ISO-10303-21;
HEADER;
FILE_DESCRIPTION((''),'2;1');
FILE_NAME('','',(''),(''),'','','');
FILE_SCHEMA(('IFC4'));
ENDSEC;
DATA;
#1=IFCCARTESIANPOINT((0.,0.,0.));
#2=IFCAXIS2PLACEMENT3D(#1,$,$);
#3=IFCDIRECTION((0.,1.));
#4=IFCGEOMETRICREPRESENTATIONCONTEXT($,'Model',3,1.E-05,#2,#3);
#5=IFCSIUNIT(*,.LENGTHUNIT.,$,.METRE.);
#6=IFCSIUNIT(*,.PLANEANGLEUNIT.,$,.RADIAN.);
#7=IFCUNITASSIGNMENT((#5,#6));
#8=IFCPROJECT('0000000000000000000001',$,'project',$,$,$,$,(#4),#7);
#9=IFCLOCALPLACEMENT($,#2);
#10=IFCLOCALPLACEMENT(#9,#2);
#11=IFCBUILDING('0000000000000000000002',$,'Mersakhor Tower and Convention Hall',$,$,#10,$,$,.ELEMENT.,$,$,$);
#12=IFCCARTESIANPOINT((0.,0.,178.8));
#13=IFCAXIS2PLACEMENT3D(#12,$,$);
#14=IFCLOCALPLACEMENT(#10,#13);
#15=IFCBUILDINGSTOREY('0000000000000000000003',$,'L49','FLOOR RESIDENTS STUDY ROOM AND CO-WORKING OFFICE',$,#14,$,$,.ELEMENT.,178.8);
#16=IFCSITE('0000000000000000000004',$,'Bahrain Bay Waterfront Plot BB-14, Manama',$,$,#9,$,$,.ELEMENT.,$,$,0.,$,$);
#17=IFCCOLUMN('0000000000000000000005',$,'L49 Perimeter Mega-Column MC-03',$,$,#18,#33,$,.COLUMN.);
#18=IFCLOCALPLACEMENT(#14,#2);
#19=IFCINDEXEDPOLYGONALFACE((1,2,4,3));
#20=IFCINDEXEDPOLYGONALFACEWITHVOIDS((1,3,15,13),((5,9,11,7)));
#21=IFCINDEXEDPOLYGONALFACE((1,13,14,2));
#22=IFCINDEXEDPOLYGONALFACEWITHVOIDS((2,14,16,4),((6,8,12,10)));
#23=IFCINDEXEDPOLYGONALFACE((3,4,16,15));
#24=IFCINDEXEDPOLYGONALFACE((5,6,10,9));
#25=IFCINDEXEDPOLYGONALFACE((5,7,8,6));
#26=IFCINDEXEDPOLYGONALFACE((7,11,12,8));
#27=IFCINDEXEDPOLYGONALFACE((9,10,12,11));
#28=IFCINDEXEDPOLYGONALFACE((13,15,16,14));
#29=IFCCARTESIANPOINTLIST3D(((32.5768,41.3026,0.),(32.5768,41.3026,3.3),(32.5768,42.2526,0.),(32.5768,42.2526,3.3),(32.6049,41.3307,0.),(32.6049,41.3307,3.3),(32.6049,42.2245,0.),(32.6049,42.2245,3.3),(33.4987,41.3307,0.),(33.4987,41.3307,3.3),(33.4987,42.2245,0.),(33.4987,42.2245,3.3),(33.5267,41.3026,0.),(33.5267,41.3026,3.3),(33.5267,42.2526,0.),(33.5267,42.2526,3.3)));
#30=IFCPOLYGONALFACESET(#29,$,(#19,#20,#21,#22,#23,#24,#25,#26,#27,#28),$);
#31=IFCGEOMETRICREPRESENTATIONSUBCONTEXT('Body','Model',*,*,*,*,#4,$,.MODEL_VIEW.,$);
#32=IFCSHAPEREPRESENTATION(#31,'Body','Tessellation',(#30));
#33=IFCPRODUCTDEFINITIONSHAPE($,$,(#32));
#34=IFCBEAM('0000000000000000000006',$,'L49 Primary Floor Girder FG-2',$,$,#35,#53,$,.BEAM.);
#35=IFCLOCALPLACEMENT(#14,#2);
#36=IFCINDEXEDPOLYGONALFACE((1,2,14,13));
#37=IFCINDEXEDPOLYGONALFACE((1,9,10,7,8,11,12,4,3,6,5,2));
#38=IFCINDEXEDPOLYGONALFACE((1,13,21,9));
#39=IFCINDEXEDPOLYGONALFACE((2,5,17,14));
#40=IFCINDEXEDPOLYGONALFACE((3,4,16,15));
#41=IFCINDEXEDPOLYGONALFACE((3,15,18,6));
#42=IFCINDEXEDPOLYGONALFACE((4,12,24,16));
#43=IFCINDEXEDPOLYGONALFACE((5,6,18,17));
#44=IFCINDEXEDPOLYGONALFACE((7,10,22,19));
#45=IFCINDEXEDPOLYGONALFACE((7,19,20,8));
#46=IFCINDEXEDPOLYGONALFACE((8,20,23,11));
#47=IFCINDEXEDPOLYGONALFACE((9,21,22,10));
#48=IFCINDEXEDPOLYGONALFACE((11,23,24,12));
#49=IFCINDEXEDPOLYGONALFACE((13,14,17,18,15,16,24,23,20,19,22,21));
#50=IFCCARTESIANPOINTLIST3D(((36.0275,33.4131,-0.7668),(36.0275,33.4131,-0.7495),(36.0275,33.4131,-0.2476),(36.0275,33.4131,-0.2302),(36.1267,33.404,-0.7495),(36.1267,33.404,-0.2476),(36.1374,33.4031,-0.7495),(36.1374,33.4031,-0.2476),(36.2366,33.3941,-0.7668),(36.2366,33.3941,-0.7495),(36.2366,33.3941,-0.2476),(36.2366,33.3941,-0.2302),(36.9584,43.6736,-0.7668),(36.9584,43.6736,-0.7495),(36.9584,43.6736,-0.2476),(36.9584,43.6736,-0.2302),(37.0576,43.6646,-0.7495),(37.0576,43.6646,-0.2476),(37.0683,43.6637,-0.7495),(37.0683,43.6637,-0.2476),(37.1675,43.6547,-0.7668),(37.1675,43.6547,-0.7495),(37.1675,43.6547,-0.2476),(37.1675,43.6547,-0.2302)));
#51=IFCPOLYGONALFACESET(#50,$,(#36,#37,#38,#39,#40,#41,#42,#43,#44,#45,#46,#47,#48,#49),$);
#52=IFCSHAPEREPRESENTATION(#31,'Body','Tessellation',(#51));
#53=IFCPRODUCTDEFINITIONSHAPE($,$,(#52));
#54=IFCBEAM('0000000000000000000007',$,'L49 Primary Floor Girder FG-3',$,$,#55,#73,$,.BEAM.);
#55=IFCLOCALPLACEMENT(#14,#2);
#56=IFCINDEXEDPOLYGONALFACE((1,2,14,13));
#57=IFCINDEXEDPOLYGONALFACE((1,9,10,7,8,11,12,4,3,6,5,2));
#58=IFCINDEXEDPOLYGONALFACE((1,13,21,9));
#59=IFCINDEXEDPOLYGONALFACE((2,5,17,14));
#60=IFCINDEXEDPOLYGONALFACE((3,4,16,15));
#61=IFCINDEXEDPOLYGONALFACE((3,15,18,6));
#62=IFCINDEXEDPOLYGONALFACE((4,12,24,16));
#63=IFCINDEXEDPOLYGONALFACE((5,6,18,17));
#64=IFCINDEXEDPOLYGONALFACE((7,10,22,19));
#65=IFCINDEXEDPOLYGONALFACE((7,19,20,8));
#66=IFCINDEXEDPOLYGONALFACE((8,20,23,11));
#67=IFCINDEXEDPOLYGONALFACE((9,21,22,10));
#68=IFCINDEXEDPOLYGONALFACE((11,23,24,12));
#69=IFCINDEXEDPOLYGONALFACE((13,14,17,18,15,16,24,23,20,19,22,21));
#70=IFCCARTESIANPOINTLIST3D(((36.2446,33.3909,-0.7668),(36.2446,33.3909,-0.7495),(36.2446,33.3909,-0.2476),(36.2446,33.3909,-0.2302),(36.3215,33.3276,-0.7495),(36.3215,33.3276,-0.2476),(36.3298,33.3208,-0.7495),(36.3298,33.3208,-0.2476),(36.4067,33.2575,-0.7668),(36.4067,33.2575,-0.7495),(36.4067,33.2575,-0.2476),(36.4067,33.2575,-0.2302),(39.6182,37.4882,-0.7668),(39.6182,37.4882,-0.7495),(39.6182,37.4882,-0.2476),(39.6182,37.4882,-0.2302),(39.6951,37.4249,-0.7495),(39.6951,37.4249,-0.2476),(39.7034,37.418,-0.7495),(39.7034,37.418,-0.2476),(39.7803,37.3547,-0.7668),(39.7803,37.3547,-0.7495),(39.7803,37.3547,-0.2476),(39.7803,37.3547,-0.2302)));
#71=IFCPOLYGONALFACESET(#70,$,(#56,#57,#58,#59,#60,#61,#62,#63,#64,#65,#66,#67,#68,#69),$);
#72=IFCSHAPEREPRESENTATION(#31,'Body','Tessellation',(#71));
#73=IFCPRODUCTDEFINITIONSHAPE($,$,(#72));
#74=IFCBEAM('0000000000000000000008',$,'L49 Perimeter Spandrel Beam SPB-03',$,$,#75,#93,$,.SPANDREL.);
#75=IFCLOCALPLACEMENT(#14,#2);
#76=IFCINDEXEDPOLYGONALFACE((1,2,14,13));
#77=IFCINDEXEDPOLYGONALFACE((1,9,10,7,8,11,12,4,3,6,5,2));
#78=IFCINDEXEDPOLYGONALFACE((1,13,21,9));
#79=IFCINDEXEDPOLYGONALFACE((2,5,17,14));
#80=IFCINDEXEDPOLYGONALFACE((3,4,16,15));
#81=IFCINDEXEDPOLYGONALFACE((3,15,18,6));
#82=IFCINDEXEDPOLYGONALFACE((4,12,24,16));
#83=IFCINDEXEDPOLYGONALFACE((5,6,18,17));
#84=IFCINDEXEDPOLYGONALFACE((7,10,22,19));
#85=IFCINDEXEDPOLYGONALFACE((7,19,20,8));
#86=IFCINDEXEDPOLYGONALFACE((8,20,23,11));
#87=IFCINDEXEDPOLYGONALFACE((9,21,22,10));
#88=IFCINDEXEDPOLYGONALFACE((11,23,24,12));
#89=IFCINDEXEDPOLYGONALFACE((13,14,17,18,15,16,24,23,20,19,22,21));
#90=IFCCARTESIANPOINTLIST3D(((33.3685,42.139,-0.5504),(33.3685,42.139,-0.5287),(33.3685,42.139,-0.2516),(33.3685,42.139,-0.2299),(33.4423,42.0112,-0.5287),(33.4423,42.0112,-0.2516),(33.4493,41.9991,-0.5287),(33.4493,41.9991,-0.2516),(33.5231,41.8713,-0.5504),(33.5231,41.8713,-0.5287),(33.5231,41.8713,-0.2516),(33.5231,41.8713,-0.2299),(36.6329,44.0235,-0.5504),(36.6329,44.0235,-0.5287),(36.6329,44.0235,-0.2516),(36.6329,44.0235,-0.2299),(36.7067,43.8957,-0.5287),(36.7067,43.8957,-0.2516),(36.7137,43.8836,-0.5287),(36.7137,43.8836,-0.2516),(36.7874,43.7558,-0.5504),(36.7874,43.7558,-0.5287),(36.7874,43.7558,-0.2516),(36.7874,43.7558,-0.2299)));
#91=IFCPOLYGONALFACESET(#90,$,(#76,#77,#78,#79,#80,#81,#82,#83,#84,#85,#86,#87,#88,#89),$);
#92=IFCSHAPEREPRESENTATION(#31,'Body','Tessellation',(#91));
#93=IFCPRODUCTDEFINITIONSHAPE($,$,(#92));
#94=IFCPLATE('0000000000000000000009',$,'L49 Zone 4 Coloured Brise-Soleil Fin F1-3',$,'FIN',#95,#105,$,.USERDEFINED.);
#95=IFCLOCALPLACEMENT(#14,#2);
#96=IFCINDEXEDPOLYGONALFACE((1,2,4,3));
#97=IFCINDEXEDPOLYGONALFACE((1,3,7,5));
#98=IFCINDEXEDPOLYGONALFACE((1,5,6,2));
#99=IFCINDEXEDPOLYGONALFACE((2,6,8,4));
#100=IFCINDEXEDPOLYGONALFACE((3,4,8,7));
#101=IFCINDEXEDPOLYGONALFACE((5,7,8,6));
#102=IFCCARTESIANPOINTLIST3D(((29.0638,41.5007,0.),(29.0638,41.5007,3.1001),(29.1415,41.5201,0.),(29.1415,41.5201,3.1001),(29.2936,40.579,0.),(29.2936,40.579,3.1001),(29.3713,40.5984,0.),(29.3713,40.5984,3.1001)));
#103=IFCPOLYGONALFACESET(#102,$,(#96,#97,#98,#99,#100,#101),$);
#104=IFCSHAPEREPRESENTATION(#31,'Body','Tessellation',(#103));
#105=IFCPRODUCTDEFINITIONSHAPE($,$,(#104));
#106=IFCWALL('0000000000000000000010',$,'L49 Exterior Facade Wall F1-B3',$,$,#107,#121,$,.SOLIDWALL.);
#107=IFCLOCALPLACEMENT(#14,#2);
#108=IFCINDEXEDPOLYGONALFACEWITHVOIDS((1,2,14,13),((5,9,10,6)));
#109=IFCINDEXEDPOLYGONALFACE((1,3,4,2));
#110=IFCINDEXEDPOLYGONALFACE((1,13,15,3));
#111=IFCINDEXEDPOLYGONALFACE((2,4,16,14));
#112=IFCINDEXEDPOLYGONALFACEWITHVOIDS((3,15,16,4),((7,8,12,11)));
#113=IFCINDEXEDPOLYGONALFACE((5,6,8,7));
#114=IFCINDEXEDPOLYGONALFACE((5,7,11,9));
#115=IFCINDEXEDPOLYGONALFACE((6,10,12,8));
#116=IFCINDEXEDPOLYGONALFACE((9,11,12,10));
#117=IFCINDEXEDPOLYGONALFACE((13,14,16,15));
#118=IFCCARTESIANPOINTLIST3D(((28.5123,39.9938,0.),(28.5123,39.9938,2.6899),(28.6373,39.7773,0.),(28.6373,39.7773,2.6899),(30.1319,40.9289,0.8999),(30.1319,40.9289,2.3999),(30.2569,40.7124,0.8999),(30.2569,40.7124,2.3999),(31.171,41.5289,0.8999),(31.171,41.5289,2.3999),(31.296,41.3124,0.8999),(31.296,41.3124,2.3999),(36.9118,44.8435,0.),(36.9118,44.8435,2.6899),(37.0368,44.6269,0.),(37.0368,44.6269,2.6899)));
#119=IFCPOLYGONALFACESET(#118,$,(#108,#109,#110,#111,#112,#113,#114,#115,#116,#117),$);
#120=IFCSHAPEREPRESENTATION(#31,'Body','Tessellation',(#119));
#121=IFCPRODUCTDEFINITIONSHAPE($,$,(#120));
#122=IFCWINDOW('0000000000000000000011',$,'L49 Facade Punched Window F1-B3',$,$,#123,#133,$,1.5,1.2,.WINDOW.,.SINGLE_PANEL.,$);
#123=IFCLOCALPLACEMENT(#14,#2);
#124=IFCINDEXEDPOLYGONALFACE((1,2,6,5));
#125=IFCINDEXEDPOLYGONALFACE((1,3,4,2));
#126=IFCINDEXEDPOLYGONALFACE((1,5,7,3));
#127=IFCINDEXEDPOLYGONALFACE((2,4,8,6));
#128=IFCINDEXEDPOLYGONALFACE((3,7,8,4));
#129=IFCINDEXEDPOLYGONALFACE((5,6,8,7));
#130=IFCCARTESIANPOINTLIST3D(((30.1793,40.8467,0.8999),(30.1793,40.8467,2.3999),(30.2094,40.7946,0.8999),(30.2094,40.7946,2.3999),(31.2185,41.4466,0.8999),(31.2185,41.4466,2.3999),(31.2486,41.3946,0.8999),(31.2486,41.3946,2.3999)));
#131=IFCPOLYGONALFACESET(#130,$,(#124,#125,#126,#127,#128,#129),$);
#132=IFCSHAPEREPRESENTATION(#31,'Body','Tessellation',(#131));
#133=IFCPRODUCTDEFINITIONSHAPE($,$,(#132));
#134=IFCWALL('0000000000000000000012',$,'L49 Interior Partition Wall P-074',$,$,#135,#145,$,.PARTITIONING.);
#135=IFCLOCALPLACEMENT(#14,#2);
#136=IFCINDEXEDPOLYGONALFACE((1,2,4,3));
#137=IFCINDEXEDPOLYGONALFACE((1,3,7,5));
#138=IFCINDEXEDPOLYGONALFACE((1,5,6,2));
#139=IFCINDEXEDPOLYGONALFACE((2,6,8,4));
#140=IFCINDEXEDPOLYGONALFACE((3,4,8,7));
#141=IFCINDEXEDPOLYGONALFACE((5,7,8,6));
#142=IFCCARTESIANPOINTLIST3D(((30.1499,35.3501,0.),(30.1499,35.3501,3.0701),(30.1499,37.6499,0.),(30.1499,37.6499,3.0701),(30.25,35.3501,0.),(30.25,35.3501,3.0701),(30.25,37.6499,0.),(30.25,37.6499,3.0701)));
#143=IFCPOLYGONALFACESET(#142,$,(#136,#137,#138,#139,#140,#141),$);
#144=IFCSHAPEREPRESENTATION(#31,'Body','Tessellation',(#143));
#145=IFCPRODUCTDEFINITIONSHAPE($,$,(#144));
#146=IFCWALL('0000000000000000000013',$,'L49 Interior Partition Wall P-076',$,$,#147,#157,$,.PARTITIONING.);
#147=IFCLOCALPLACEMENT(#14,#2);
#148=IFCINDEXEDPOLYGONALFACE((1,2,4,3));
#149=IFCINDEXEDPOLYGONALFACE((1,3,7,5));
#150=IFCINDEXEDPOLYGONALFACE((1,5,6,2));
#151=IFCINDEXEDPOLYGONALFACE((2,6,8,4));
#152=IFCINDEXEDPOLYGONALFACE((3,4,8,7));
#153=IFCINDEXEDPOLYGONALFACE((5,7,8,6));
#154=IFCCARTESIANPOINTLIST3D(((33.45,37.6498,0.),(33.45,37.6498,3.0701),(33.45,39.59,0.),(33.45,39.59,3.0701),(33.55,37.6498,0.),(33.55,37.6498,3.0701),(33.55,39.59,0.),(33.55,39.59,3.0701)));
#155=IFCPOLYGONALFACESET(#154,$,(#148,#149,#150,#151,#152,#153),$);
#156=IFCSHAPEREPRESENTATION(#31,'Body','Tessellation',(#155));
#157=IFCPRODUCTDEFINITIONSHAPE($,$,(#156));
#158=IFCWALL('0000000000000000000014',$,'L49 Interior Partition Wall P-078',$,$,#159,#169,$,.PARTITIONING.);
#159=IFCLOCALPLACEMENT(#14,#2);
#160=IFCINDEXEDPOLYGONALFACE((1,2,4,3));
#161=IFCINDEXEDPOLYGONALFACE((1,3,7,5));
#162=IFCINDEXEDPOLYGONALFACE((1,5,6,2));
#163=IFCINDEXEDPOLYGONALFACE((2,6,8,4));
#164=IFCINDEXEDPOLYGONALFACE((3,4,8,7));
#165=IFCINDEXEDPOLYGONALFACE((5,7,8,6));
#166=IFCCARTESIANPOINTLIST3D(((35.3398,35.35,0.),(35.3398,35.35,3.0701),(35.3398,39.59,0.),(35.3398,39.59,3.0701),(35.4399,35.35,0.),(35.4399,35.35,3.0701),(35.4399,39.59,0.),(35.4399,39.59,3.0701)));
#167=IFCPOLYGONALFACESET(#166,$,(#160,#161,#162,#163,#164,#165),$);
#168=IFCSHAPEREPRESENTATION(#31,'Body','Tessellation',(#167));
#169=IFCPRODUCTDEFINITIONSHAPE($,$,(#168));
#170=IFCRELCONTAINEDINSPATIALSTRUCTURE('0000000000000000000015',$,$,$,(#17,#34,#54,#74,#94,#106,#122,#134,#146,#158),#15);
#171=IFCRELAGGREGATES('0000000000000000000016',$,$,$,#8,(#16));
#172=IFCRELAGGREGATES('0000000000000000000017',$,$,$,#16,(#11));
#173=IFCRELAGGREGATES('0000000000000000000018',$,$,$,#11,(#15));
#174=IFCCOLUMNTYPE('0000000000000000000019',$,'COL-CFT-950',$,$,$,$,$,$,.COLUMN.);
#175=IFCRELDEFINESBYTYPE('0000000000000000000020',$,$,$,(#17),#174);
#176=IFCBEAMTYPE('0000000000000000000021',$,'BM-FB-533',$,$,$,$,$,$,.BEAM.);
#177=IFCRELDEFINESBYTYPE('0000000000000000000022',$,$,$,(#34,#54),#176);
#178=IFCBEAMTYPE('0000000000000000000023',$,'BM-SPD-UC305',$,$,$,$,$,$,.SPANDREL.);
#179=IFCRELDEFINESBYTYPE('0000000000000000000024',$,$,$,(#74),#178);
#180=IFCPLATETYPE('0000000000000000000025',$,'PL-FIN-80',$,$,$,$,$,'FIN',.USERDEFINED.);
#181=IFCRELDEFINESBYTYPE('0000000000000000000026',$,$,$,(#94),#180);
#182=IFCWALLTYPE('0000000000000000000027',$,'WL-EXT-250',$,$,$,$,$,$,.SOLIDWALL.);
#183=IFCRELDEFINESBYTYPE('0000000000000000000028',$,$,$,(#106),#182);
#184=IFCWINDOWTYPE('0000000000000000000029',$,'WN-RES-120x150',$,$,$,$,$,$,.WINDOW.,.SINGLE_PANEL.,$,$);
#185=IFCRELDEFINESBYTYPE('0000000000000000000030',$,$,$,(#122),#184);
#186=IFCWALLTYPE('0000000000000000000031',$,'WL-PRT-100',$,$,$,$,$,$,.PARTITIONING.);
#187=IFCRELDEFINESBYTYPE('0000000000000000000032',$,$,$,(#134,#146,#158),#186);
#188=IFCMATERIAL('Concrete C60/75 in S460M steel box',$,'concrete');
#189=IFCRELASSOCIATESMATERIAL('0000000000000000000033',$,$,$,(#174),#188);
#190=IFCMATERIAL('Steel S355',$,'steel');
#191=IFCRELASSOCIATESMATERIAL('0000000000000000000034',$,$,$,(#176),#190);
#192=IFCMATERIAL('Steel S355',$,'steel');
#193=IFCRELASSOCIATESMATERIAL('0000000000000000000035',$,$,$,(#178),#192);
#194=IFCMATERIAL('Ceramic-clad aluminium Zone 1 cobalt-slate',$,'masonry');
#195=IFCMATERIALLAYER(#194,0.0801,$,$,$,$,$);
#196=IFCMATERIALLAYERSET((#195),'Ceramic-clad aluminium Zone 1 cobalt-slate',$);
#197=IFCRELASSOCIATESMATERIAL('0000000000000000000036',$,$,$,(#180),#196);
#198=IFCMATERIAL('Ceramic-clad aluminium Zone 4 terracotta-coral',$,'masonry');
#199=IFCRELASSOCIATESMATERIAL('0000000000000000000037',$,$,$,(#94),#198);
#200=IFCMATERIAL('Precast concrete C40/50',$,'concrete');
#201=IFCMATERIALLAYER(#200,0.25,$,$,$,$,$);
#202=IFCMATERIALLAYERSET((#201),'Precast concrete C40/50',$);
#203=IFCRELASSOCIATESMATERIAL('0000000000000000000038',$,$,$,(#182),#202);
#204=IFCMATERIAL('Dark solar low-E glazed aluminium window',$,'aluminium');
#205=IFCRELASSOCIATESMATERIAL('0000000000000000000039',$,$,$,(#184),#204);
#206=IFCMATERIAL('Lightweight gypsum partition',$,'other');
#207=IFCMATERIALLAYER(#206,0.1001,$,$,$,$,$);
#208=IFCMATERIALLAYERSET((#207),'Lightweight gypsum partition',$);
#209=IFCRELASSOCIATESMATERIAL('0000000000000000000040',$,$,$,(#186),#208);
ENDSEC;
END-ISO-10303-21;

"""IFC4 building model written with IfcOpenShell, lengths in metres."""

from ifc_helpers import new_model, si_unit, direction, frame, frame_2d, origin, origin_2d, place, context, subcontext, project, spatial, rectangle, hollow_rectangle, i_section, extrude, material, layer, layer_set, material_profile, profile_set, type_object, element, fill, save


model = new_model("IFC4")

# Units and contexts
model_context = context("Model", 3, precision=1e-05, world=origin(), true_north=direction((0.0, 1.0)))
body_context = subcontext(model_context, "Body", "Model", "MODEL_VIEW")
ifc_project = project(units=[si_unit("LENGTHUNIT", "METRE"), si_unit("PLANEANGLEUNIT", "RADIAN")], contexts=[model_context])

# Site, building, storey
site_placement = place(None, origin())
site = spatial("IfcSite", under=ifc_project, at=site_placement, Name="Bahrain Bay Waterfront Plot BB-14, Manama", CompositionType="ELEMENT", RefElevation=0.0)
building_placement = place(site_placement, origin())
building = spatial("IfcBuilding", under=site, at=building_placement, Name="Mersakhor Tower and Convention Hall", CompositionType="ELEMENT")
storey_placement = place(building_placement, frame((0.0, 0.0, 178.8)))
storey = spatial("IfcBuildingStorey", under=building, at=storey_placement, Name="L49", Description="FLOOR RESIDENTS STUDY ROOM AND CO-WORKING OFFICE", CompositionType="ELEMENT", Elevation=178.8)

# Column
ifc_material_1 = material(Name="Concrete C60/75 in S460M steel box", Category="concrete")
ifc_material_profile_1 = material_profile(ifc_material_1, hollow_rectangle(XDim=0.95, YDim=0.95, WallThickness=0.0281, at=origin_2d()), Name="SHS 950x950x28")
ifc_profile_set_1 = profile_set([ifc_material_profile_1], Name="Concrete C60/75 in S460M steel box")
column_type = type_object("IfcColumnType", Name="COL-CFT-950", PredefinedType="COLUMN", material=ifc_profile_set_1)
column_placement = place(storey_placement, frame((33.0518, 41.7776, 0.0), z_axis=(0.0, 0.0, 1.0), x_axis=(1.0, 0.0, 0.0)))
element("IfcColumn", 1, at=column_placement, inside=storey, type_object=column_type, Name="L49 Perimeter Mega-Column MC-03", PredefinedType="COLUMN", context=body_context, shape_type="SweptSolid", body=[
    extrude(hollow_rectangle(XDim=0.95, YDim=0.95, WallThickness=0.0281, at=origin_2d()), origin(), (0.0, 0.0, 1.0), 3.3),
])

# Beams
ifc_material_2 = material(Name="Steel S355", Category="steel")
ifc_material_profile_2 = material_profile(ifc_material_2, i_section(OverallWidth=0.21, OverallDepth=0.5366, WebThickness=0.0107, FlangeThickness=0.0173, at=origin_2d()), Name="UB 533x210x101")
ifc_profile_set_2 = profile_set([ifc_material_profile_2], Name="Steel S355")
beam_type_1 = type_object("IfcBeamType", Name="BM-FB-533", PredefinedType="BEAM", material=ifc_profile_set_2)
beam_1_placement = place(storey_placement, frame((36.1321, 33.4036, -0.4985), z_axis=(0.090356, 0.99591, 0.0), x_axis=(-0.99591, 0.090356, 0.0)))
element("IfcBeam", 2, at=beam_1_placement, inside=storey, type_object=beam_type_1, Name="L49 Primary Floor Girder FG-2", PredefinedType="BEAM", context=body_context, shape_type="SweptSolid", body=[
    extrude(i_section(OverallWidth=0.21, OverallDepth=0.5366, WebThickness=0.0107, FlangeThickness=0.0173, at=origin_2d()), origin(), (0.0, 0.0, 1.0), 10.3027),
])
beam_2_placement = place(storey_placement, frame((36.3257, 33.3242, -0.4985), z_axis=(0.63564, 0.771986, 0.0), x_axis=(-0.771986, 0.63564, 0.0)))
element("IfcBeam", 3, at=beam_2_placement, inside=storey, type_object=beam_type_1, Name="L49 Primary Floor Girder FG-3", PredefinedType="BEAM", context=body_context, shape_type="SweptSolid", body=[
    extrude(i_section(OverallWidth=0.21, OverallDepth=0.5366, WebThickness=0.0107, FlangeThickness=0.0173, at=origin_2d()), origin(), (0.0, 0.0, 1.0), 5.3074),
])
ifc_material_3 = material(Name="Steel S355", Category="steel")
ifc_material_profile_3 = material_profile(ifc_material_3, i_section(OverallWidth=0.3091, OverallDepth=0.3206, WebThickness=0.0139, FlangeThickness=0.0217, at=origin_2d()), Name="UC 305x305x137")
ifc_profile_set_3 = profile_set([ifc_material_profile_3], Name="Steel S355")
beam_type_2 = type_object("IfcBeamType", Name="BM-SPD-UC305", PredefinedType="SPANDREL", material=ifc_profile_set_3)
beam_3_placement = place(storey_placement, frame((33.4458, 42.0051, -0.3901), z_axis=(0.866046, 0.499964, 0.0), x_axis=(-0.499964, 0.866046, 0.0)))
element("IfcBeam", 4, at=beam_3_placement, inside=storey, type_object=beam_type_2, Name="L49 Perimeter Spandrel Beam SPB-03", PredefinedType="SPANDREL", context=body_context, shape_type="SweptSolid", body=[
    extrude(i_section(OverallWidth=0.3091, OverallDepth=0.3206, WebThickness=0.0139, FlangeThickness=0.0217, at=origin_2d()), origin(), (0.0, 0.0, 1.0), 3.7693),
])

# Plate
ifc_material_4 = material(Name="Ceramic-clad aluminium Zone 4 terracotta-coral", Category="masonry")
ifc_material_5 = material(Name="Ceramic-clad aluminium Zone 1 cobalt-slate", Category="masonry")
ifc_layer_1 = layer(ifc_material_5, 0.0801)
ifc_layer_set_1 = layer_set([ifc_layer_1], Name="Ceramic-clad aluminium Zone 1 cobalt-slate")
plate_type = type_object("IfcPlateType", Name="PL-FIN-80", ElementType="FIN", PredefinedType="USERDEFINED", material=ifc_layer_set_1)
plate_placement = place(storey_placement, frame((29.2175, 41.0496, 0.0), z_axis=(0.0, 0.0, 1.0), x_axis=(-0.241922, 0.970296, 0.0)))
element("IfcPlate", 5, at=plate_placement, inside=storey, type_object=plate_type, material=ifc_material_4, Name="L49 Zone 4 Coloured Brise-Soleil Fin F1-3", ObjectType="FIN", PredefinedType="USERDEFINED", context=body_context, shape_type="SweptSolid", body=[
    extrude(rectangle(XDim=0.95, YDim=0.0801, at=origin_2d()), origin(), (0.0, 0.0, 1.0), 3.1001),
])

# Wall, opening, window
ifc_material_6 = material(Name="Precast concrete C40/50", Category="concrete")
ifc_layer_2 = layer(ifc_material_6, 0.25)
ifc_layer_set_2 = layer_set([ifc_layer_2], Name="Precast concrete C40/50")
wall_type_1 = type_object("IfcWallType", Name="WL-EXT-250", PredefinedType="SOLIDWALL", material=ifc_layer_set_2)
wall_1_placement = place(storey_placement, frame((28.5747, 39.8855, 0.0), z_axis=(0.0, 0.0, 1.0), x_axis=(0.866016, 0.500016, 0.0)))
wall_1 = element("IfcWall", 6, at=wall_1_placement, inside=storey, type_object=wall_type_1, Name="L49 Exterior Facade Wall F1-B3", PredefinedType="SOLIDWALL", context=body_context, shape_type="SweptSolid", body=[
    extrude(rectangle(XDim=9.699, YDim=0.25, at=frame_2d((4.8496, 0.0))), origin(), (0.0, 0.0, 1.0), 2.6899),
])
opening_1_placement = place(wall_1_placement, frame((1.8701, 0.0, 0.8999)))
opening_1 = element("IfcOpeningElement", 7, at=opening_1_placement, cuts=wall_1, PredefinedType="OPENING", context=body_context, shape_type="SweptSolid", body=[
    extrude(rectangle(XDim=1.2, YDim=1.5, at=frame_2d((0.6001, 0.75))), frame((0.0, 0.135, 0.0), z_axis=(0.0, -1.0, 0.0), x_axis=(1.0, 0.0, 0.0)), (0.0, 0.0, 1.0), 0.27),
])
ifc_material_7 = material(Name="Dark solar low-E glazed aluminium window", Category="aluminium")
window_type = type_object("IfcWindowType", Name="WN-RES-120x150", PartitioningType="SINGLE_PANEL", PredefinedType="WINDOW", material=ifc_material_7)
window_placement = place(opening_1_placement, origin())
window = element("IfcWindow", 8, at=window_placement, inside=storey, type_object=window_type, Name="L49 Facade Punched Window F1-B3", OverallHeight=1.5, OverallWidth=1.2, PartitioningType="SINGLE_PANEL", PredefinedType="WINDOW", context=body_context, shape_type="SweptSolid", body=[
    extrude(rectangle(XDim=1.2, YDim=1.5, at=frame_2d((0.6001, 0.75))), frame((0.0, 0.03, 0.0), z_axis=(0.0, -1.0, 0.0), x_axis=(1.0, 0.0, 0.0)), (0.0, 0.0, 1.0), 0.0601),
])
fill(opening_1, window)

# Walls
ifc_material_8 = material(Name="Lightweight gypsum partition", Category="other")
ifc_layer_3 = layer(ifc_material_8, 0.1001)
ifc_layer_set_3 = layer_set([ifc_layer_3], Name="Lightweight gypsum partition")
wall_type_2 = type_object("IfcWallType", Name="WL-PRT-100", PredefinedType="PARTITIONING", material=ifc_layer_set_3)
wall_2_placement = place(storey_placement, frame((30.2, 37.6499, 0.0), z_axis=(0.0, 0.0, 1.0), x_axis=(0.0, -1.0, 0.0)))
element("IfcWall", 9, at=wall_2_placement, inside=storey, type_object=wall_type_2, Name="L49 Interior Partition Wall P-074", PredefinedType="PARTITIONING", context=body_context, shape_type="SweptSolid", body=[
    extrude(rectangle(XDim=2.2998, YDim=0.1001, at=frame_2d((1.1499, 0.0))), origin(), (0.0, 0.0, 1.0), 3.0701),
])
wall_3_placement = place(storey_placement, frame((33.5, 39.5901, 0.0), z_axis=(0.0, 0.0, 1.0), x_axis=(0.0, -1.0, 0.0)))
element("IfcWall", 10, at=wall_3_placement, inside=storey, type_object=wall_type_2, Name="L49 Interior Partition Wall P-076", PredefinedType="PARTITIONING", context=body_context, shape_type="SweptSolid", body=[
    extrude(rectangle(XDim=1.9402, YDim=0.1001, at=frame_2d((0.9702, 0.0))), origin(), (0.0, 0.0, 1.0), 3.0701),
])
wall_4_placement = place(storey_placement, frame((35.3899, 39.5901, 0.0), z_axis=(0.0, 0.0, 1.0), x_axis=(0.0, -1.0, 0.0)))
element("IfcWall", 11, at=wall_4_placement, inside=storey, type_object=wall_type_2, Name="L49 Interior Partition Wall P-078", PredefinedType="PARTITIONING", context=body_context, shape_type="SweptSolid", body=[
    extrude(rectangle(XDim=4.24, YDim=0.1001, at=frame_2d((2.1201, 0.0))), origin(), (0.0, 0.0, 1.0), 3.0701),
])

save(model, "model.ifc")
